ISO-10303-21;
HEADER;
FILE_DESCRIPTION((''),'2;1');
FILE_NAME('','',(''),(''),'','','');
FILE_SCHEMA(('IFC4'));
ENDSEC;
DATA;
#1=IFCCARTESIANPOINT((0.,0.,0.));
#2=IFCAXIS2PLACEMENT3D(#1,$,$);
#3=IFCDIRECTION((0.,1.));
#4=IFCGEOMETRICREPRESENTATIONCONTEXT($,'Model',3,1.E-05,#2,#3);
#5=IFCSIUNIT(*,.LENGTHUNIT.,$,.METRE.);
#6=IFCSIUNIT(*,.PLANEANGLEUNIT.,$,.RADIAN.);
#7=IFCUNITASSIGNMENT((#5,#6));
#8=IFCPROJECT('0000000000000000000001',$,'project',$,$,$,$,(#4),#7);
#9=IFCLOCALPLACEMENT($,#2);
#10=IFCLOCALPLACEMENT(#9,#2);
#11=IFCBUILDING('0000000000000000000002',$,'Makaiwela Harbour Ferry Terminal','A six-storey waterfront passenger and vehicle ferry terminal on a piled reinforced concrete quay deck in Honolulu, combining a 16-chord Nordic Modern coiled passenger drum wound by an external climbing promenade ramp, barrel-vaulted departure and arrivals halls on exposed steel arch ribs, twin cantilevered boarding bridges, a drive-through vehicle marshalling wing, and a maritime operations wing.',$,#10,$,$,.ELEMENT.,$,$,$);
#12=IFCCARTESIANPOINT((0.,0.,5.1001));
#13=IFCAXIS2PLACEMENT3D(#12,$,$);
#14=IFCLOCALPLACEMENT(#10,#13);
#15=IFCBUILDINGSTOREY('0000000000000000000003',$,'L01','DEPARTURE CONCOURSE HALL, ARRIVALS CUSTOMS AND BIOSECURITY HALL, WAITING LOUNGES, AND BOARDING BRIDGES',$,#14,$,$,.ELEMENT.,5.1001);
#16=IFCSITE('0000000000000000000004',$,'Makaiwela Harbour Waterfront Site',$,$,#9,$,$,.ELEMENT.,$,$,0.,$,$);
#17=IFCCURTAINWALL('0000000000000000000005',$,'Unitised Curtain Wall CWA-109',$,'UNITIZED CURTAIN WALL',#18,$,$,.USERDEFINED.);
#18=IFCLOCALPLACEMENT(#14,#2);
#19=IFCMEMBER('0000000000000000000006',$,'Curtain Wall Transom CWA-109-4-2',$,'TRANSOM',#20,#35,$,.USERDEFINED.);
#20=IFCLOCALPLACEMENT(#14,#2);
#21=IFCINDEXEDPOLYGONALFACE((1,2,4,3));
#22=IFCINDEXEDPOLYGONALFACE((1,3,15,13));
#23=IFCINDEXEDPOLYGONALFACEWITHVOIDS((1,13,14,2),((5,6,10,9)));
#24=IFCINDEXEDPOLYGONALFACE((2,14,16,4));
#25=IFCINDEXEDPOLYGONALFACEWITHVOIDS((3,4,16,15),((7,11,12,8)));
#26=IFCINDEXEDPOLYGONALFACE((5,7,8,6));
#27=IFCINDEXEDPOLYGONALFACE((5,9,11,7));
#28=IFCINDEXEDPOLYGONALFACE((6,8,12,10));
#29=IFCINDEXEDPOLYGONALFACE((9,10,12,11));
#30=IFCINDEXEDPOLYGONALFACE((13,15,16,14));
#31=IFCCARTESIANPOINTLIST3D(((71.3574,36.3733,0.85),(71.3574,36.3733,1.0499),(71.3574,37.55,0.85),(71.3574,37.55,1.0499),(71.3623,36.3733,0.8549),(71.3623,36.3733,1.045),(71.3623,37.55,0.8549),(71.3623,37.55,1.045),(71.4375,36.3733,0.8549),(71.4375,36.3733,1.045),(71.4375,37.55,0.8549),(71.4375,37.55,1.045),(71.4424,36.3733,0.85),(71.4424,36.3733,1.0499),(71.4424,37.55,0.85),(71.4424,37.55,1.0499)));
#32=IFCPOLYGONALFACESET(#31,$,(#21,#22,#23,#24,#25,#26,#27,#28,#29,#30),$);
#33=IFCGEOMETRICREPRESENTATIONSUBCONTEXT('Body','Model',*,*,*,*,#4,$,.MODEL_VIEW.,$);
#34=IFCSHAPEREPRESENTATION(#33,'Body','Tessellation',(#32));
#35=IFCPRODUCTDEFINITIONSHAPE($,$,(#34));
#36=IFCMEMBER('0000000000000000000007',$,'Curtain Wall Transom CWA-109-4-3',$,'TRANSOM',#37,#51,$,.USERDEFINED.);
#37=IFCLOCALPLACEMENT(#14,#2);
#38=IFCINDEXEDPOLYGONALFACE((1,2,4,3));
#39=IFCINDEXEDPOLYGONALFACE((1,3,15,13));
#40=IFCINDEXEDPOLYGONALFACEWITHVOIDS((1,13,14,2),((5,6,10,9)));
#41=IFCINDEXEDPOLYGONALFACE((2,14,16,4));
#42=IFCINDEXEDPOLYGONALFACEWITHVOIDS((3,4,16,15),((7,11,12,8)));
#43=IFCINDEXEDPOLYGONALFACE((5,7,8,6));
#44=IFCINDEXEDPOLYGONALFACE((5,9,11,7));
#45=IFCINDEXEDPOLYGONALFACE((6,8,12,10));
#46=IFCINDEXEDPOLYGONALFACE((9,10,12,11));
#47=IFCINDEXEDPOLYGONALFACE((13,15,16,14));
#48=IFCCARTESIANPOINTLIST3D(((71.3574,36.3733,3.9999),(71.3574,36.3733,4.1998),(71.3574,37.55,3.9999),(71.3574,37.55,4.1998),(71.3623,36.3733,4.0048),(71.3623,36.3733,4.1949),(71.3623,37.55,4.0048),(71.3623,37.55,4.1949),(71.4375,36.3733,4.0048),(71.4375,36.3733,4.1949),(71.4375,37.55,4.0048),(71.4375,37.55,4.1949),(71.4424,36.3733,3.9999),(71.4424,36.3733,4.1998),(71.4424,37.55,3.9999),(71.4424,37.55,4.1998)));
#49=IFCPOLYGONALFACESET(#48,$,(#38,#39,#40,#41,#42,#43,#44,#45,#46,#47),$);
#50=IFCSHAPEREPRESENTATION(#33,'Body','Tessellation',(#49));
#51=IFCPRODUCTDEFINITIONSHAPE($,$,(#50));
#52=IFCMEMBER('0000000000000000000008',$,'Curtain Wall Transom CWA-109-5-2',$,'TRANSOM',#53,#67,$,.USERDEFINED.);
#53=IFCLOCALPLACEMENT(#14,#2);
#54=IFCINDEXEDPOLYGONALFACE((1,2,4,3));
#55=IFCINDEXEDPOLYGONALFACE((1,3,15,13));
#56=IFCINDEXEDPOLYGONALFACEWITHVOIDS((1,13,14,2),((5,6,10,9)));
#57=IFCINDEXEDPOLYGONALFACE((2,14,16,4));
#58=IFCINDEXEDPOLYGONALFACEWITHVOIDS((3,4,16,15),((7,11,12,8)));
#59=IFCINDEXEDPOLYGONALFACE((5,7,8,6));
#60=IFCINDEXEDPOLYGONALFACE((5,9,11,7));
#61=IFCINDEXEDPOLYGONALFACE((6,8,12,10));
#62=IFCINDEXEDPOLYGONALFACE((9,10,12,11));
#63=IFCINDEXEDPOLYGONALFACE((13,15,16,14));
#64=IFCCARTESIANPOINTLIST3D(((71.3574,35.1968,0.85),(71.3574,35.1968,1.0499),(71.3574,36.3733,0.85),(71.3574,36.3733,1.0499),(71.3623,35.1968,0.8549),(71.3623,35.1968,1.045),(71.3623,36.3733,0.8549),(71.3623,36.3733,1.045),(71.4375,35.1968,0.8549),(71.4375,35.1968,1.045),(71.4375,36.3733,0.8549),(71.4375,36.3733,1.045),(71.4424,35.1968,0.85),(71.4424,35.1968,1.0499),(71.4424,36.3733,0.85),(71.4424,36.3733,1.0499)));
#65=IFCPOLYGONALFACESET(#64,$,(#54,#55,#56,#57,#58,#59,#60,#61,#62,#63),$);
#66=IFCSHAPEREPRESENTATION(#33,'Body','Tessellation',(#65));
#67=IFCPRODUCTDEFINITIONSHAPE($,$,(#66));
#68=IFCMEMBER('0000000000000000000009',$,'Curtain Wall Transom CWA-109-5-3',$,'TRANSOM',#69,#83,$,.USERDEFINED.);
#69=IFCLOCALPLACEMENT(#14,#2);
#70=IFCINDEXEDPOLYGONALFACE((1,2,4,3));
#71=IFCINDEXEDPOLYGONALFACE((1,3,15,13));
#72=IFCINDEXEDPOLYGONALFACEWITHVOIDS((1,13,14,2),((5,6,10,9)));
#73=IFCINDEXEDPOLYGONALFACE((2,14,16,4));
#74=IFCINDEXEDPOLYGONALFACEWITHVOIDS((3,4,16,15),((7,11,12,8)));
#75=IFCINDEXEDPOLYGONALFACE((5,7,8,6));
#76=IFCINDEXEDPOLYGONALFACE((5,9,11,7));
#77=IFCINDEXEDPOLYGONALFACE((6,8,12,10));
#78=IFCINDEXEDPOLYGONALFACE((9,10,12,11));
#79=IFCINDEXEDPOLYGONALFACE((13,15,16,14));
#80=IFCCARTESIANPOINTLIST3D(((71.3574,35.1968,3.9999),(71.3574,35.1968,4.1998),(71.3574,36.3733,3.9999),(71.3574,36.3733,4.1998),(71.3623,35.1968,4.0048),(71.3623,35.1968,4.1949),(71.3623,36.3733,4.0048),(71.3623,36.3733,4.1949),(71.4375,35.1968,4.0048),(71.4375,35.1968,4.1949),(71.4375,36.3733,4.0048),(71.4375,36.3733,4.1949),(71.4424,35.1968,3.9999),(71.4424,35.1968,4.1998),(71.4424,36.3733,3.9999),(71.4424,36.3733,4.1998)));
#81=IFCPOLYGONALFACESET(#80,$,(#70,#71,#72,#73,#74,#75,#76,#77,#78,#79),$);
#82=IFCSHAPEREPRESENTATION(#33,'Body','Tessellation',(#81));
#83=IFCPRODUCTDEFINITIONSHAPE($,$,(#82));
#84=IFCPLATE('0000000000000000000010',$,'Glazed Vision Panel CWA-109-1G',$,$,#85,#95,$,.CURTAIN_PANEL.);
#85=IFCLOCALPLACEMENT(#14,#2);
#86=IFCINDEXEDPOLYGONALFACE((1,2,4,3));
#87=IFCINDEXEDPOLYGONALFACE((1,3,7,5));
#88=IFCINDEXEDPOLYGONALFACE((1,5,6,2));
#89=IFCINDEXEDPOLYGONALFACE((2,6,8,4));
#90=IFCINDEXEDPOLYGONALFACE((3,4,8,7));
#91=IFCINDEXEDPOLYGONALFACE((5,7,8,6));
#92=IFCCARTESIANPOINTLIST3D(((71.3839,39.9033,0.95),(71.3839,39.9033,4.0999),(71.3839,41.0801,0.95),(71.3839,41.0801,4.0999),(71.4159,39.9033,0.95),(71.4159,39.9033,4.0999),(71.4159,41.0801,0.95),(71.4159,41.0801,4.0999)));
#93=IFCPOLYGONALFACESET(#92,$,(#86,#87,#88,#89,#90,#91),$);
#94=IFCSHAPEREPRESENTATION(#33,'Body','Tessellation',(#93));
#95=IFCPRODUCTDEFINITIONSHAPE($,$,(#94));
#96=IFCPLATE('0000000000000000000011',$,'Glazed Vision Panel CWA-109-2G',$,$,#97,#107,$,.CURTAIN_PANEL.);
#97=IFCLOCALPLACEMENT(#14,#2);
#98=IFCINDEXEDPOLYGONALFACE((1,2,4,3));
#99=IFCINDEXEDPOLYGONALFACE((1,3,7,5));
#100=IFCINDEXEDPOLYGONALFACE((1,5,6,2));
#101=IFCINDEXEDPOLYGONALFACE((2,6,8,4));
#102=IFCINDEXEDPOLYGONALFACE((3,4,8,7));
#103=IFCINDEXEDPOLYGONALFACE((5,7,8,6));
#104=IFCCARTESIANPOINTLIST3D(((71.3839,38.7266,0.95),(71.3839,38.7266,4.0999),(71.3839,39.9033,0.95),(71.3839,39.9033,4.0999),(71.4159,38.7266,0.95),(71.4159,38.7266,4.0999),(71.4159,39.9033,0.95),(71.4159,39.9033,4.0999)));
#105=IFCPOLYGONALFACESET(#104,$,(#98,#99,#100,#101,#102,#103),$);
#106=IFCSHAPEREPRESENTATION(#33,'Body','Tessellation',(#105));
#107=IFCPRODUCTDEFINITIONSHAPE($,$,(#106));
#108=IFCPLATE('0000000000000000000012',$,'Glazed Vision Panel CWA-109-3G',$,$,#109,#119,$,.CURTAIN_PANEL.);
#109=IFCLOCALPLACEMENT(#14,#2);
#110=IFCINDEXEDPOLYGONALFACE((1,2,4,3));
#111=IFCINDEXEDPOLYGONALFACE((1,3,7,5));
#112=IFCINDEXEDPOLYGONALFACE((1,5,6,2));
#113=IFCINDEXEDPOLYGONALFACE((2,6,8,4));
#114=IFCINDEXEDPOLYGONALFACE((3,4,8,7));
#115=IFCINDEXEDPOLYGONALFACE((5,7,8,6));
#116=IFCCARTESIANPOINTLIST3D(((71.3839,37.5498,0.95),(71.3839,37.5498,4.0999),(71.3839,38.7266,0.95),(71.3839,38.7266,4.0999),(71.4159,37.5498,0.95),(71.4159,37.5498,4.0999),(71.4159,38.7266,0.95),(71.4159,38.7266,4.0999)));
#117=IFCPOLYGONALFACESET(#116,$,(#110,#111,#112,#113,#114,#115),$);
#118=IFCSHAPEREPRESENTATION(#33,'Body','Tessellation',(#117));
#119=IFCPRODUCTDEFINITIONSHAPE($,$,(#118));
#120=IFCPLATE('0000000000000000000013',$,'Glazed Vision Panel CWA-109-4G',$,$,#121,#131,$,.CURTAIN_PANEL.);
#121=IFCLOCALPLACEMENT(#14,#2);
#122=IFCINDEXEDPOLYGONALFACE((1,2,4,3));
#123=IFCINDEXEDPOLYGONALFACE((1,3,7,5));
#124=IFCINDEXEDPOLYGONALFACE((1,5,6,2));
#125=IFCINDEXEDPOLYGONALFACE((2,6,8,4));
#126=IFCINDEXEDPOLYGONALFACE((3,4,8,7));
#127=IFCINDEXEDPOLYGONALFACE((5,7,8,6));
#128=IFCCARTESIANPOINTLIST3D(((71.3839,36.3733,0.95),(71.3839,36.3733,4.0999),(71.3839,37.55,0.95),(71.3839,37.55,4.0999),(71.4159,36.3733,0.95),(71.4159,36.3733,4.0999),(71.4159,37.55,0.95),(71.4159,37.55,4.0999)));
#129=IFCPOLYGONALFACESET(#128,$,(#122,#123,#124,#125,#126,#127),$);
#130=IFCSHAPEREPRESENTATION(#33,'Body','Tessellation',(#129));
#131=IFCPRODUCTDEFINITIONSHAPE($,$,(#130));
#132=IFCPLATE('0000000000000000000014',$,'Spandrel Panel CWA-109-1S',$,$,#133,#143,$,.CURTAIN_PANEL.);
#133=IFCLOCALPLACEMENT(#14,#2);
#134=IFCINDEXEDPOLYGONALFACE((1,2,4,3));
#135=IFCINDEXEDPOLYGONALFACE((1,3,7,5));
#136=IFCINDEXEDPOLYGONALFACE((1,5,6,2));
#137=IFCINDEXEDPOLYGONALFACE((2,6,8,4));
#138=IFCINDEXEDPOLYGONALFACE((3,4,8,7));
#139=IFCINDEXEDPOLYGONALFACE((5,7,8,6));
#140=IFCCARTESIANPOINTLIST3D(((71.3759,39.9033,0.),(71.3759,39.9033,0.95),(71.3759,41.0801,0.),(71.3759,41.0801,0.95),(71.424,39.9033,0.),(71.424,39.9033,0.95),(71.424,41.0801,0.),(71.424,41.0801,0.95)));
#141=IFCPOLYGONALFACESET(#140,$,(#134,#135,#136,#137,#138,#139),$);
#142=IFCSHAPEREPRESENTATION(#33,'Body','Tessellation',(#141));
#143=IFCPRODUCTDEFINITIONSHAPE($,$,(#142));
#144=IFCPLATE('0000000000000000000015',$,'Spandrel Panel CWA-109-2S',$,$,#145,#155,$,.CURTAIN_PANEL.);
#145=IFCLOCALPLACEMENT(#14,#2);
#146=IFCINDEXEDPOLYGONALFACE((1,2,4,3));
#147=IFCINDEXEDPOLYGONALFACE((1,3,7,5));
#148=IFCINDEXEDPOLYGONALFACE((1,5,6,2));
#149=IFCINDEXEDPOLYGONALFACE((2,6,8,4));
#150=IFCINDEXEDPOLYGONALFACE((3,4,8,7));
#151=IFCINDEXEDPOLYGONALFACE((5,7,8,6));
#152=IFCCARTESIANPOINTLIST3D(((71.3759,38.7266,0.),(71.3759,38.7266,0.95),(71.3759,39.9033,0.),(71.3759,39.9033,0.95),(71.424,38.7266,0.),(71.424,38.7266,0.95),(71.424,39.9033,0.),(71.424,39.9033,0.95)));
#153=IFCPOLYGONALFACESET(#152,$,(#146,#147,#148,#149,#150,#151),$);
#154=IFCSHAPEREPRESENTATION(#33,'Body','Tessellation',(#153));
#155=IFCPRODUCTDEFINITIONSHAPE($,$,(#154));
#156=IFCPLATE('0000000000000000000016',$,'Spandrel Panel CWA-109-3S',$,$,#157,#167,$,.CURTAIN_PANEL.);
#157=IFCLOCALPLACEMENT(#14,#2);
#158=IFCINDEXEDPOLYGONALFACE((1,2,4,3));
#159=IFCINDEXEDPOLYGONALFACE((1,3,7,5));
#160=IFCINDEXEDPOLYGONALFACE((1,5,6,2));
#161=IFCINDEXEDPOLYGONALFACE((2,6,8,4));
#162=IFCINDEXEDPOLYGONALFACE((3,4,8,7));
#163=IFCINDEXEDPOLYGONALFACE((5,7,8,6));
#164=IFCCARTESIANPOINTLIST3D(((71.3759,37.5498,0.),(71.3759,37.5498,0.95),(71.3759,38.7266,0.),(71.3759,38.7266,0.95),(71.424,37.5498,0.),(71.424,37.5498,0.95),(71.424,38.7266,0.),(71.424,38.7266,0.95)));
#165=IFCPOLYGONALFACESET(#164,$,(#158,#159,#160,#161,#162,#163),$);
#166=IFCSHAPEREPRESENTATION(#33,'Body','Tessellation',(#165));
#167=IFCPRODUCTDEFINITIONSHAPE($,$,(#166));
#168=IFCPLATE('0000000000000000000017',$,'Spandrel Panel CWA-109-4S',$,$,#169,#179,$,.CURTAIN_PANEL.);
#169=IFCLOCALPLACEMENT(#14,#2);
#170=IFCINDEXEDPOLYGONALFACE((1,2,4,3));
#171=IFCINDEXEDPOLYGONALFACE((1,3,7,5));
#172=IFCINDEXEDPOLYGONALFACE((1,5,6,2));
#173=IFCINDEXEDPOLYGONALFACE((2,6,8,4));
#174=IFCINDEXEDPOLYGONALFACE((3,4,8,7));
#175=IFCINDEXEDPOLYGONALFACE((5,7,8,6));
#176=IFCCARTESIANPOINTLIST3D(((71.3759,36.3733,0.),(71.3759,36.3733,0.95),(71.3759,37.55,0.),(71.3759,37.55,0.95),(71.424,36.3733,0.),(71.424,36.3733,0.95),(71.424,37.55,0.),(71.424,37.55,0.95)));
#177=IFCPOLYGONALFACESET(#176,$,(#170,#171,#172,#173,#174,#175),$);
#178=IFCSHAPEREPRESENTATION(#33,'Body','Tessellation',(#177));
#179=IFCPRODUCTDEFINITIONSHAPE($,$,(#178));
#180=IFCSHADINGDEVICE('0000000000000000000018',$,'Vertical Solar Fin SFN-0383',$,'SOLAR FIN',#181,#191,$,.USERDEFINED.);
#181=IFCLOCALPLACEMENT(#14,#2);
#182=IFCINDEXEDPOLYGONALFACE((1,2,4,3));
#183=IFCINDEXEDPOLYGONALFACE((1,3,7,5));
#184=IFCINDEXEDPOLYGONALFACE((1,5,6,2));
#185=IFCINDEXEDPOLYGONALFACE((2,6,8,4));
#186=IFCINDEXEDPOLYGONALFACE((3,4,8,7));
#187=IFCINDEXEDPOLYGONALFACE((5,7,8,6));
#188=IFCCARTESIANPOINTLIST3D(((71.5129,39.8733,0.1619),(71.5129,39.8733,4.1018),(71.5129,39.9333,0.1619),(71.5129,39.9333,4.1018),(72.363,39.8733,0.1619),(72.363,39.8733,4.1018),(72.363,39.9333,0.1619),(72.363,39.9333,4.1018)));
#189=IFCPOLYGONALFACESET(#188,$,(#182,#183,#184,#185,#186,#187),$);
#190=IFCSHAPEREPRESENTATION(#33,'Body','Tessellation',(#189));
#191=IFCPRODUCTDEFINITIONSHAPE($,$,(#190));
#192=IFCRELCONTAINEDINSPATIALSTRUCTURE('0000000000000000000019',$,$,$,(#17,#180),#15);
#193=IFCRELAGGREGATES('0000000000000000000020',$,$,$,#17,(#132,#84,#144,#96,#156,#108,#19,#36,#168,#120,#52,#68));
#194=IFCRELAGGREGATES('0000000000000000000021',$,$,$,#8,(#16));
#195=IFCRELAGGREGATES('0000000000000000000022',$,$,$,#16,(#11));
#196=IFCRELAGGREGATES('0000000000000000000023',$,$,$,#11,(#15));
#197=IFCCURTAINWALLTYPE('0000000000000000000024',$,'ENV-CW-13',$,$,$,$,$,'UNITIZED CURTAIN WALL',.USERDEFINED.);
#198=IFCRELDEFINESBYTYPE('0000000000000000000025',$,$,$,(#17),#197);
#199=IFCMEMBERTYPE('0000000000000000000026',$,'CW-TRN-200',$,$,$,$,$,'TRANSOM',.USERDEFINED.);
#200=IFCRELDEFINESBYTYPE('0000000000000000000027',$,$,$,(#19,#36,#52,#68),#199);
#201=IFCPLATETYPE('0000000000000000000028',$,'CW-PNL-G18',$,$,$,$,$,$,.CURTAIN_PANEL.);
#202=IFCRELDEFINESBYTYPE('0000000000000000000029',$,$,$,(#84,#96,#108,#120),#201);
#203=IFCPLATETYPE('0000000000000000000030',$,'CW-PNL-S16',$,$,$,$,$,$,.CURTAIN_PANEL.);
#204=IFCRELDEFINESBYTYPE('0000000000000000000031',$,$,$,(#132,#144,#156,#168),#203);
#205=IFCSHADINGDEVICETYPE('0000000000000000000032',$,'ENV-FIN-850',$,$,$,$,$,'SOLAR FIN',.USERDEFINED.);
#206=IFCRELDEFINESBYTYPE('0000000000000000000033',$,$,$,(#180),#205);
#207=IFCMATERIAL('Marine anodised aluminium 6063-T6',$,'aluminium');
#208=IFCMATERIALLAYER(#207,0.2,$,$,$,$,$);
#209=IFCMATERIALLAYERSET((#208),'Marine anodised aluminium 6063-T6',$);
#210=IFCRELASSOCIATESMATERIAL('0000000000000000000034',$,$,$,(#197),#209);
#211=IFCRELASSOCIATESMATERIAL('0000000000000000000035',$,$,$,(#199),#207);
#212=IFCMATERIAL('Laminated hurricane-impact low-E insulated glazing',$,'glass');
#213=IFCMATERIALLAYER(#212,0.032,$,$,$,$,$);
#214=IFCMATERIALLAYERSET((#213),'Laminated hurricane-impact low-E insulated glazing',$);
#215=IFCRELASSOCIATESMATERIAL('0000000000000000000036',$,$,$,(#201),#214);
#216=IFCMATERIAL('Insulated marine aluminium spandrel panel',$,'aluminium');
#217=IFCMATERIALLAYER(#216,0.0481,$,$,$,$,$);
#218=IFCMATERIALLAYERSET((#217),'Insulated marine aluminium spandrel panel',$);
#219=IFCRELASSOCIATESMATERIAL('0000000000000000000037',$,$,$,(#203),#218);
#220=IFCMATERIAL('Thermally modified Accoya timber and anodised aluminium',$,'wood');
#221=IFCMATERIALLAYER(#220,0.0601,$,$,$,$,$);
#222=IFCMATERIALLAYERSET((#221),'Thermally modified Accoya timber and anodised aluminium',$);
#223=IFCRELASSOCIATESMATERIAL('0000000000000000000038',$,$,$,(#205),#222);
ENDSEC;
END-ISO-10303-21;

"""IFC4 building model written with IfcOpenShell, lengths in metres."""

from ifc_helpers import new_model, si_unit, direction, frame, origin, origin_2d, place, context, subcontext, project, spatial, rectangle, hollow_rectangle, extrude, material, layer, layer_set, material_profile, profile_set, type_object, element, aggregate, save


model = new_model("IFC4")

# Units and contexts
model_context = context("Model", 3, precision=1e-05, world=origin(), true_north=direction((0.0, 1.0)))
body_context = subcontext(model_context, "Body", "Model", "MODEL_VIEW")
ifc_project = project(units=[si_unit("LENGTHUNIT", "METRE"), si_unit("PLANEANGLEUNIT", "RADIAN")], contexts=[model_context])

# Site, building, storey
site_placement = place(None, origin())
site = spatial("IfcSite", under=ifc_project, at=site_placement, Name="Makaiwela Harbour Waterfront Site", CompositionType="ELEMENT", RefElevation=0.0)
building_placement = place(site_placement, origin())
building = spatial("IfcBuilding", under=site, at=building_placement, Name="Makaiwela Harbour Ferry Terminal", Description="A six-storey waterfront passenger and vehicle ferry terminal on a piled reinforced concrete quay deck in Honolulu, combining a 16-chord Nordic Modern coiled passenger drum wound by an external climbing promenade ramp, barrel-vaulted departure and arrivals halls on exposed steel arch ribs, twin cantilevered boarding bridges, a drive-through vehicle marshalling wing, and a maritime operations wing.", CompositionType="ELEMENT")
storey_placement = place(building_placement, frame((0.0, 0.0, 5.1001)))
storey = spatial("IfcBuildingStorey", under=building, at=storey_placement, Name="L01", Description="DEPARTURE CONCOURSE HALL, ARRIVALS CUSTOMS AND BIOSECURITY HALL, WAITING LOUNGES, AND BOARDING BRIDGES", CompositionType="ELEMENT", Elevation=5.1001)

# Curtain wall, members, plates
ifc_material_1 = material(Name="Marine anodised aluminium 6063-T6", Category="aluminium")
ifc_layer_1 = layer(ifc_material_1, 0.2)
ifc_layer_set_1 = layer_set([ifc_layer_1], Name="Marine anodised aluminium 6063-T6")
curtain_wall_type = type_object("IfcCurtainWallType", Name="ENV-CW-13", ElementType="UNITIZED CURTAIN WALL", PredefinedType="USERDEFINED", material=ifc_layer_set_1)
curtain_wall_placement = place(storey_placement, origin())
curtain_wall = element("IfcCurtainWall", 1, at=curtain_wall_placement, inside=storey, type_object=curtain_wall_type, Name="Unitised Curtain Wall CWA-109", ObjectType="UNITIZED CURTAIN WALL", PredefinedType="USERDEFINED")
ifc_material_profile_1 = material_profile(ifc_material_1, hollow_rectangle(XDim=0.085, YDim=0.2, WallThickness=0.0049, at=origin_2d()), Name="CWT-200X85")
ifc_profile_set_1 = profile_set([ifc_material_profile_1], Name="Marine anodised aluminium 6063-T6")
member_type_1 = type_object("IfcMemberType", Name="CW-TRN-200", ElementType="TRANSOM", PredefinedType="USERDEFINED", material=ifc_profile_set_1)
member_1_placement = place(storey_placement, frame((71.3999, 37.55, 0.95), z_axis=(0.0, -1.0, 0.0), x_axis=(1.0, 0.0, 0.0)))
member_1 = element("IfcMember", 2, at=member_1_placement, type_object=member_type_1, Name="Curtain Wall Transom CWA-109-4-2", ObjectType="TRANSOM", PredefinedType="USERDEFINED", context=body_context, shape_type="SweptSolid", body=[
    extrude(hollow_rectangle(XDim=0.085, YDim=0.2, WallThickness=0.0049, at=origin_2d()), origin(), (0.0, 0.0, 1.0), 1.1768),
])
member_2_placement = place(storey_placement, frame((71.3999, 37.55, 4.0999), z_axis=(0.0, -1.0, 0.0), x_axis=(1.0, 0.0, 0.0)))
member_2 = element("IfcMember", 3, at=member_2_placement, type_object=member_type_1, Name="Curtain Wall Transom CWA-109-4-3", ObjectType="TRANSOM", PredefinedType="USERDEFINED", context=body_context, shape_type="SweptSolid", body=[
    extrude(hollow_rectangle(XDim=0.085, YDim=0.2, WallThickness=0.0049, at=origin_2d()), origin(), (0.0, 0.0, 1.0), 1.1768),
])
member_3_placement = place(storey_placement, frame((71.3999, 36.3733, 0.95), z_axis=(0.0, -1.0, 0.0), x_axis=(1.0, 0.0, 0.0)))
member_3 = element("IfcMember", 4, at=member_3_placement, type_object=member_type_1, Name="Curtain Wall Transom CWA-109-5-2", ObjectType="TRANSOM", PredefinedType="USERDEFINED", context=body_context, shape_type="SweptSolid", body=[
    extrude(hollow_rectangle(XDim=0.085, YDim=0.2, WallThickness=0.0049, at=origin_2d()), origin(), (0.0, 0.0, 1.0), 1.1765),
])
member_4_placement = place(storey_placement, frame((71.3999, 36.3733, 4.0999), z_axis=(0.0, -1.0, 0.0), x_axis=(1.0, 0.0, 0.0)))
member_4 = element("IfcMember", 5, at=member_4_placement, type_object=member_type_1, Name="Curtain Wall Transom CWA-109-5-3", ObjectType="TRANSOM", PredefinedType="USERDEFINED", context=body_context, shape_type="SweptSolid", body=[
    extrude(hollow_rectangle(XDim=0.085, YDim=0.2, WallThickness=0.0049, at=origin_2d()), origin(), (0.0, 0.0, 1.0), 1.1765),
])
ifc_material_2 = material(Name="Laminated hurricane-impact low-E insulated glazing", Category="glass")
ifc_layer_2 = layer(ifc_material_2, 0.032)
ifc_layer_set_2 = layer_set([ifc_layer_2], Name="Laminated hurricane-impact low-E insulated glazing")
plate_type_1 = type_object("IfcPlateType", Name="CW-PNL-G18", PredefinedType="CURTAIN_PANEL", material=ifc_layer_set_2)
plate_1_placement = place(storey_placement, frame((71.3999, 40.4917, 0.95), z_axis=(0.0, 0.0, 1.0), x_axis=(0.0, -1.0, 0.0)))
plate_1 = element("IfcPlate", 6, at=plate_1_placement, type_object=plate_type_1, Name="Glazed Vision Panel CWA-109-1G", PredefinedType="CURTAIN_PANEL", context=body_context, shape_type="SweptSolid", body=[
    extrude(rectangle(XDim=1.1768, YDim=0.032, at=origin_2d()), origin(), (0.0, 0.0, 1.0), 3.1499),
])
plate_2_placement = place(storey_placement, frame((71.3999, 39.3149, 0.95), z_axis=(0.0, 0.0, 1.0), x_axis=(0.0, -1.0, 0.0)))
plate_2 = element("IfcPlate", 7, at=plate_2_placement, type_object=plate_type_1, Name="Glazed Vision Panel CWA-109-2G", PredefinedType="CURTAIN_PANEL", context=body_context, shape_type="SweptSolid", body=[
    extrude(rectangle(XDim=1.1768, YDim=0.032, at=origin_2d()), origin(), (0.0, 0.0, 1.0), 3.1499),
])
plate_3_placement = place(storey_placement, frame((71.3999, 38.1382, 0.95), z_axis=(0.0, 0.0, 1.0), x_axis=(0.0, -1.0, 0.0)))
plate_3 = element("IfcPlate", 8, at=plate_3_placement, type_object=plate_type_1, Name="Glazed Vision Panel CWA-109-3G", PredefinedType="CURTAIN_PANEL", context=body_context, shape_type="SweptSolid", body=[
    extrude(rectangle(XDim=1.1768, YDim=0.032, at=origin_2d()), origin(), (0.0, 0.0, 1.0), 3.1499),
])
plate_4_placement = place(storey_placement, frame((71.3999, 36.9617, 0.95), z_axis=(0.0, 0.0, 1.0), x_axis=(0.0, -1.0, 0.0)))
plate_4 = element("IfcPlate", 9, at=plate_4_placement, type_object=plate_type_1, Name="Glazed Vision Panel CWA-109-4G", PredefinedType="CURTAIN_PANEL", context=body_context, shape_type="SweptSolid", body=[
    extrude(rectangle(XDim=1.1768, YDim=0.032, at=origin_2d()), origin(), (0.0, 0.0, 1.0), 3.1499),
])
ifc_material_3 = material(Name="Insulated marine aluminium spandrel panel", Category="aluminium")
ifc_layer_3 = layer(ifc_material_3, 0.0481)
ifc_layer_set_3 = layer_set([ifc_layer_3], Name="Insulated marine aluminium spandrel panel")
plate_type_2 = type_object("IfcPlateType", Name="CW-PNL-S16", PredefinedType="CURTAIN_PANEL", material=ifc_layer_set_3)
plate_5_placement = place(storey_placement, frame((71.3999, 40.4917, 0.0), z_axis=(0.0, 0.0, 1.0), x_axis=(0.0, -1.0, 0.0)))
plate_5 = element("IfcPlate", 10, at=plate_5_placement, type_object=plate_type_2, Name="Spandrel Panel CWA-109-1S", PredefinedType="CURTAIN_PANEL", context=body_context, shape_type="SweptSolid", body=[
    extrude(rectangle(XDim=1.1768, YDim=0.0481, at=origin_2d()), origin(), (0.0, 0.0, 1.0), 0.95),
])
plate_6_placement = place(storey_placement, frame((71.3999, 39.3149, 0.0), z_axis=(0.0, 0.0, 1.0), x_axis=(0.0, -1.0, 0.0)))
plate_6 = element("IfcPlate", 11, at=plate_6_placement, type_object=plate_type_2, Name="Spandrel Panel CWA-109-2S", PredefinedType="CURTAIN_PANEL", context=body_context, shape_type="SweptSolid", body=[
    extrude(rectangle(XDim=1.1768, YDim=0.0481, at=origin_2d()), origin(), (0.0, 0.0, 1.0), 0.95),
])
plate_7_placement = place(storey_placement, frame((71.3999, 38.1382, 0.0), z_axis=(0.0, 0.0, 1.0), x_axis=(0.0, -1.0, 0.0)))
plate_7 = element("IfcPlate", 12, at=plate_7_placement, type_object=plate_type_2, Name="Spandrel Panel CWA-109-3S", PredefinedType="CURTAIN_PANEL", context=body_context, shape_type="SweptSolid", body=[
    extrude(rectangle(XDim=1.1768, YDim=0.0481, at=origin_2d()), origin(), (0.0, 0.0, 1.0), 0.95),
])
plate_8_placement = place(storey_placement, frame((71.3999, 36.9617, 0.0), z_axis=(0.0, 0.0, 1.0), x_axis=(0.0, -1.0, 0.0)))
plate_8 = element("IfcPlate", 13, at=plate_8_placement, type_object=plate_type_2, Name="Spandrel Panel CWA-109-4S", PredefinedType="CURTAIN_PANEL", context=body_context, shape_type="SweptSolid", body=[
    extrude(rectangle(XDim=1.1768, YDim=0.0481, at=origin_2d()), origin(), (0.0, 0.0, 1.0), 0.95),
])
aggregate(curtain_wall, [plate_5, plate_1, plate_6, plate_2, plate_7, plate_3, member_1, member_2, plate_8, plate_4, member_3, member_4])

# Shading device
ifc_material_4 = material(Name="Thermally modified Accoya timber and anodised aluminium", Category="wood")
ifc_layer_4 = layer(ifc_material_4, 0.0601)
ifc_layer_set_4 = layer_set([ifc_layer_4], Name="Thermally modified Accoya timber and anodised aluminium")
shading_device_type = type_object("IfcShadingDeviceType", Name="ENV-FIN-850", ElementType="SOLAR FIN", PredefinedType="USERDEFINED", material=ifc_layer_set_4)
for number, where, z_axis, x_axis, name in (
    (14, (71.938, 39.9033, 0.1619), (0.0, 0.0, 1.0), (1.0, 0.0, 0.0), "Vertical Solar Fin SFN-0383"),
):
    element("IfcShadingDevice", number, at=place(storey_placement, frame(where, z_axis=z_axis, x_axis=x_axis)), inside=storey, type_object=shading_device_type, Name=name, ObjectType="SOLAR FIN", PredefinedType="USERDEFINED", context=body_context, shape_type="SweptSolid", body=[
        extrude(rectangle(XDim=0.8501, YDim=0.0601, at=origin_2d()), origin(), (0.0, 0.0, 1.0), 3.9399),
    ])

save(model, "model.ifc")
